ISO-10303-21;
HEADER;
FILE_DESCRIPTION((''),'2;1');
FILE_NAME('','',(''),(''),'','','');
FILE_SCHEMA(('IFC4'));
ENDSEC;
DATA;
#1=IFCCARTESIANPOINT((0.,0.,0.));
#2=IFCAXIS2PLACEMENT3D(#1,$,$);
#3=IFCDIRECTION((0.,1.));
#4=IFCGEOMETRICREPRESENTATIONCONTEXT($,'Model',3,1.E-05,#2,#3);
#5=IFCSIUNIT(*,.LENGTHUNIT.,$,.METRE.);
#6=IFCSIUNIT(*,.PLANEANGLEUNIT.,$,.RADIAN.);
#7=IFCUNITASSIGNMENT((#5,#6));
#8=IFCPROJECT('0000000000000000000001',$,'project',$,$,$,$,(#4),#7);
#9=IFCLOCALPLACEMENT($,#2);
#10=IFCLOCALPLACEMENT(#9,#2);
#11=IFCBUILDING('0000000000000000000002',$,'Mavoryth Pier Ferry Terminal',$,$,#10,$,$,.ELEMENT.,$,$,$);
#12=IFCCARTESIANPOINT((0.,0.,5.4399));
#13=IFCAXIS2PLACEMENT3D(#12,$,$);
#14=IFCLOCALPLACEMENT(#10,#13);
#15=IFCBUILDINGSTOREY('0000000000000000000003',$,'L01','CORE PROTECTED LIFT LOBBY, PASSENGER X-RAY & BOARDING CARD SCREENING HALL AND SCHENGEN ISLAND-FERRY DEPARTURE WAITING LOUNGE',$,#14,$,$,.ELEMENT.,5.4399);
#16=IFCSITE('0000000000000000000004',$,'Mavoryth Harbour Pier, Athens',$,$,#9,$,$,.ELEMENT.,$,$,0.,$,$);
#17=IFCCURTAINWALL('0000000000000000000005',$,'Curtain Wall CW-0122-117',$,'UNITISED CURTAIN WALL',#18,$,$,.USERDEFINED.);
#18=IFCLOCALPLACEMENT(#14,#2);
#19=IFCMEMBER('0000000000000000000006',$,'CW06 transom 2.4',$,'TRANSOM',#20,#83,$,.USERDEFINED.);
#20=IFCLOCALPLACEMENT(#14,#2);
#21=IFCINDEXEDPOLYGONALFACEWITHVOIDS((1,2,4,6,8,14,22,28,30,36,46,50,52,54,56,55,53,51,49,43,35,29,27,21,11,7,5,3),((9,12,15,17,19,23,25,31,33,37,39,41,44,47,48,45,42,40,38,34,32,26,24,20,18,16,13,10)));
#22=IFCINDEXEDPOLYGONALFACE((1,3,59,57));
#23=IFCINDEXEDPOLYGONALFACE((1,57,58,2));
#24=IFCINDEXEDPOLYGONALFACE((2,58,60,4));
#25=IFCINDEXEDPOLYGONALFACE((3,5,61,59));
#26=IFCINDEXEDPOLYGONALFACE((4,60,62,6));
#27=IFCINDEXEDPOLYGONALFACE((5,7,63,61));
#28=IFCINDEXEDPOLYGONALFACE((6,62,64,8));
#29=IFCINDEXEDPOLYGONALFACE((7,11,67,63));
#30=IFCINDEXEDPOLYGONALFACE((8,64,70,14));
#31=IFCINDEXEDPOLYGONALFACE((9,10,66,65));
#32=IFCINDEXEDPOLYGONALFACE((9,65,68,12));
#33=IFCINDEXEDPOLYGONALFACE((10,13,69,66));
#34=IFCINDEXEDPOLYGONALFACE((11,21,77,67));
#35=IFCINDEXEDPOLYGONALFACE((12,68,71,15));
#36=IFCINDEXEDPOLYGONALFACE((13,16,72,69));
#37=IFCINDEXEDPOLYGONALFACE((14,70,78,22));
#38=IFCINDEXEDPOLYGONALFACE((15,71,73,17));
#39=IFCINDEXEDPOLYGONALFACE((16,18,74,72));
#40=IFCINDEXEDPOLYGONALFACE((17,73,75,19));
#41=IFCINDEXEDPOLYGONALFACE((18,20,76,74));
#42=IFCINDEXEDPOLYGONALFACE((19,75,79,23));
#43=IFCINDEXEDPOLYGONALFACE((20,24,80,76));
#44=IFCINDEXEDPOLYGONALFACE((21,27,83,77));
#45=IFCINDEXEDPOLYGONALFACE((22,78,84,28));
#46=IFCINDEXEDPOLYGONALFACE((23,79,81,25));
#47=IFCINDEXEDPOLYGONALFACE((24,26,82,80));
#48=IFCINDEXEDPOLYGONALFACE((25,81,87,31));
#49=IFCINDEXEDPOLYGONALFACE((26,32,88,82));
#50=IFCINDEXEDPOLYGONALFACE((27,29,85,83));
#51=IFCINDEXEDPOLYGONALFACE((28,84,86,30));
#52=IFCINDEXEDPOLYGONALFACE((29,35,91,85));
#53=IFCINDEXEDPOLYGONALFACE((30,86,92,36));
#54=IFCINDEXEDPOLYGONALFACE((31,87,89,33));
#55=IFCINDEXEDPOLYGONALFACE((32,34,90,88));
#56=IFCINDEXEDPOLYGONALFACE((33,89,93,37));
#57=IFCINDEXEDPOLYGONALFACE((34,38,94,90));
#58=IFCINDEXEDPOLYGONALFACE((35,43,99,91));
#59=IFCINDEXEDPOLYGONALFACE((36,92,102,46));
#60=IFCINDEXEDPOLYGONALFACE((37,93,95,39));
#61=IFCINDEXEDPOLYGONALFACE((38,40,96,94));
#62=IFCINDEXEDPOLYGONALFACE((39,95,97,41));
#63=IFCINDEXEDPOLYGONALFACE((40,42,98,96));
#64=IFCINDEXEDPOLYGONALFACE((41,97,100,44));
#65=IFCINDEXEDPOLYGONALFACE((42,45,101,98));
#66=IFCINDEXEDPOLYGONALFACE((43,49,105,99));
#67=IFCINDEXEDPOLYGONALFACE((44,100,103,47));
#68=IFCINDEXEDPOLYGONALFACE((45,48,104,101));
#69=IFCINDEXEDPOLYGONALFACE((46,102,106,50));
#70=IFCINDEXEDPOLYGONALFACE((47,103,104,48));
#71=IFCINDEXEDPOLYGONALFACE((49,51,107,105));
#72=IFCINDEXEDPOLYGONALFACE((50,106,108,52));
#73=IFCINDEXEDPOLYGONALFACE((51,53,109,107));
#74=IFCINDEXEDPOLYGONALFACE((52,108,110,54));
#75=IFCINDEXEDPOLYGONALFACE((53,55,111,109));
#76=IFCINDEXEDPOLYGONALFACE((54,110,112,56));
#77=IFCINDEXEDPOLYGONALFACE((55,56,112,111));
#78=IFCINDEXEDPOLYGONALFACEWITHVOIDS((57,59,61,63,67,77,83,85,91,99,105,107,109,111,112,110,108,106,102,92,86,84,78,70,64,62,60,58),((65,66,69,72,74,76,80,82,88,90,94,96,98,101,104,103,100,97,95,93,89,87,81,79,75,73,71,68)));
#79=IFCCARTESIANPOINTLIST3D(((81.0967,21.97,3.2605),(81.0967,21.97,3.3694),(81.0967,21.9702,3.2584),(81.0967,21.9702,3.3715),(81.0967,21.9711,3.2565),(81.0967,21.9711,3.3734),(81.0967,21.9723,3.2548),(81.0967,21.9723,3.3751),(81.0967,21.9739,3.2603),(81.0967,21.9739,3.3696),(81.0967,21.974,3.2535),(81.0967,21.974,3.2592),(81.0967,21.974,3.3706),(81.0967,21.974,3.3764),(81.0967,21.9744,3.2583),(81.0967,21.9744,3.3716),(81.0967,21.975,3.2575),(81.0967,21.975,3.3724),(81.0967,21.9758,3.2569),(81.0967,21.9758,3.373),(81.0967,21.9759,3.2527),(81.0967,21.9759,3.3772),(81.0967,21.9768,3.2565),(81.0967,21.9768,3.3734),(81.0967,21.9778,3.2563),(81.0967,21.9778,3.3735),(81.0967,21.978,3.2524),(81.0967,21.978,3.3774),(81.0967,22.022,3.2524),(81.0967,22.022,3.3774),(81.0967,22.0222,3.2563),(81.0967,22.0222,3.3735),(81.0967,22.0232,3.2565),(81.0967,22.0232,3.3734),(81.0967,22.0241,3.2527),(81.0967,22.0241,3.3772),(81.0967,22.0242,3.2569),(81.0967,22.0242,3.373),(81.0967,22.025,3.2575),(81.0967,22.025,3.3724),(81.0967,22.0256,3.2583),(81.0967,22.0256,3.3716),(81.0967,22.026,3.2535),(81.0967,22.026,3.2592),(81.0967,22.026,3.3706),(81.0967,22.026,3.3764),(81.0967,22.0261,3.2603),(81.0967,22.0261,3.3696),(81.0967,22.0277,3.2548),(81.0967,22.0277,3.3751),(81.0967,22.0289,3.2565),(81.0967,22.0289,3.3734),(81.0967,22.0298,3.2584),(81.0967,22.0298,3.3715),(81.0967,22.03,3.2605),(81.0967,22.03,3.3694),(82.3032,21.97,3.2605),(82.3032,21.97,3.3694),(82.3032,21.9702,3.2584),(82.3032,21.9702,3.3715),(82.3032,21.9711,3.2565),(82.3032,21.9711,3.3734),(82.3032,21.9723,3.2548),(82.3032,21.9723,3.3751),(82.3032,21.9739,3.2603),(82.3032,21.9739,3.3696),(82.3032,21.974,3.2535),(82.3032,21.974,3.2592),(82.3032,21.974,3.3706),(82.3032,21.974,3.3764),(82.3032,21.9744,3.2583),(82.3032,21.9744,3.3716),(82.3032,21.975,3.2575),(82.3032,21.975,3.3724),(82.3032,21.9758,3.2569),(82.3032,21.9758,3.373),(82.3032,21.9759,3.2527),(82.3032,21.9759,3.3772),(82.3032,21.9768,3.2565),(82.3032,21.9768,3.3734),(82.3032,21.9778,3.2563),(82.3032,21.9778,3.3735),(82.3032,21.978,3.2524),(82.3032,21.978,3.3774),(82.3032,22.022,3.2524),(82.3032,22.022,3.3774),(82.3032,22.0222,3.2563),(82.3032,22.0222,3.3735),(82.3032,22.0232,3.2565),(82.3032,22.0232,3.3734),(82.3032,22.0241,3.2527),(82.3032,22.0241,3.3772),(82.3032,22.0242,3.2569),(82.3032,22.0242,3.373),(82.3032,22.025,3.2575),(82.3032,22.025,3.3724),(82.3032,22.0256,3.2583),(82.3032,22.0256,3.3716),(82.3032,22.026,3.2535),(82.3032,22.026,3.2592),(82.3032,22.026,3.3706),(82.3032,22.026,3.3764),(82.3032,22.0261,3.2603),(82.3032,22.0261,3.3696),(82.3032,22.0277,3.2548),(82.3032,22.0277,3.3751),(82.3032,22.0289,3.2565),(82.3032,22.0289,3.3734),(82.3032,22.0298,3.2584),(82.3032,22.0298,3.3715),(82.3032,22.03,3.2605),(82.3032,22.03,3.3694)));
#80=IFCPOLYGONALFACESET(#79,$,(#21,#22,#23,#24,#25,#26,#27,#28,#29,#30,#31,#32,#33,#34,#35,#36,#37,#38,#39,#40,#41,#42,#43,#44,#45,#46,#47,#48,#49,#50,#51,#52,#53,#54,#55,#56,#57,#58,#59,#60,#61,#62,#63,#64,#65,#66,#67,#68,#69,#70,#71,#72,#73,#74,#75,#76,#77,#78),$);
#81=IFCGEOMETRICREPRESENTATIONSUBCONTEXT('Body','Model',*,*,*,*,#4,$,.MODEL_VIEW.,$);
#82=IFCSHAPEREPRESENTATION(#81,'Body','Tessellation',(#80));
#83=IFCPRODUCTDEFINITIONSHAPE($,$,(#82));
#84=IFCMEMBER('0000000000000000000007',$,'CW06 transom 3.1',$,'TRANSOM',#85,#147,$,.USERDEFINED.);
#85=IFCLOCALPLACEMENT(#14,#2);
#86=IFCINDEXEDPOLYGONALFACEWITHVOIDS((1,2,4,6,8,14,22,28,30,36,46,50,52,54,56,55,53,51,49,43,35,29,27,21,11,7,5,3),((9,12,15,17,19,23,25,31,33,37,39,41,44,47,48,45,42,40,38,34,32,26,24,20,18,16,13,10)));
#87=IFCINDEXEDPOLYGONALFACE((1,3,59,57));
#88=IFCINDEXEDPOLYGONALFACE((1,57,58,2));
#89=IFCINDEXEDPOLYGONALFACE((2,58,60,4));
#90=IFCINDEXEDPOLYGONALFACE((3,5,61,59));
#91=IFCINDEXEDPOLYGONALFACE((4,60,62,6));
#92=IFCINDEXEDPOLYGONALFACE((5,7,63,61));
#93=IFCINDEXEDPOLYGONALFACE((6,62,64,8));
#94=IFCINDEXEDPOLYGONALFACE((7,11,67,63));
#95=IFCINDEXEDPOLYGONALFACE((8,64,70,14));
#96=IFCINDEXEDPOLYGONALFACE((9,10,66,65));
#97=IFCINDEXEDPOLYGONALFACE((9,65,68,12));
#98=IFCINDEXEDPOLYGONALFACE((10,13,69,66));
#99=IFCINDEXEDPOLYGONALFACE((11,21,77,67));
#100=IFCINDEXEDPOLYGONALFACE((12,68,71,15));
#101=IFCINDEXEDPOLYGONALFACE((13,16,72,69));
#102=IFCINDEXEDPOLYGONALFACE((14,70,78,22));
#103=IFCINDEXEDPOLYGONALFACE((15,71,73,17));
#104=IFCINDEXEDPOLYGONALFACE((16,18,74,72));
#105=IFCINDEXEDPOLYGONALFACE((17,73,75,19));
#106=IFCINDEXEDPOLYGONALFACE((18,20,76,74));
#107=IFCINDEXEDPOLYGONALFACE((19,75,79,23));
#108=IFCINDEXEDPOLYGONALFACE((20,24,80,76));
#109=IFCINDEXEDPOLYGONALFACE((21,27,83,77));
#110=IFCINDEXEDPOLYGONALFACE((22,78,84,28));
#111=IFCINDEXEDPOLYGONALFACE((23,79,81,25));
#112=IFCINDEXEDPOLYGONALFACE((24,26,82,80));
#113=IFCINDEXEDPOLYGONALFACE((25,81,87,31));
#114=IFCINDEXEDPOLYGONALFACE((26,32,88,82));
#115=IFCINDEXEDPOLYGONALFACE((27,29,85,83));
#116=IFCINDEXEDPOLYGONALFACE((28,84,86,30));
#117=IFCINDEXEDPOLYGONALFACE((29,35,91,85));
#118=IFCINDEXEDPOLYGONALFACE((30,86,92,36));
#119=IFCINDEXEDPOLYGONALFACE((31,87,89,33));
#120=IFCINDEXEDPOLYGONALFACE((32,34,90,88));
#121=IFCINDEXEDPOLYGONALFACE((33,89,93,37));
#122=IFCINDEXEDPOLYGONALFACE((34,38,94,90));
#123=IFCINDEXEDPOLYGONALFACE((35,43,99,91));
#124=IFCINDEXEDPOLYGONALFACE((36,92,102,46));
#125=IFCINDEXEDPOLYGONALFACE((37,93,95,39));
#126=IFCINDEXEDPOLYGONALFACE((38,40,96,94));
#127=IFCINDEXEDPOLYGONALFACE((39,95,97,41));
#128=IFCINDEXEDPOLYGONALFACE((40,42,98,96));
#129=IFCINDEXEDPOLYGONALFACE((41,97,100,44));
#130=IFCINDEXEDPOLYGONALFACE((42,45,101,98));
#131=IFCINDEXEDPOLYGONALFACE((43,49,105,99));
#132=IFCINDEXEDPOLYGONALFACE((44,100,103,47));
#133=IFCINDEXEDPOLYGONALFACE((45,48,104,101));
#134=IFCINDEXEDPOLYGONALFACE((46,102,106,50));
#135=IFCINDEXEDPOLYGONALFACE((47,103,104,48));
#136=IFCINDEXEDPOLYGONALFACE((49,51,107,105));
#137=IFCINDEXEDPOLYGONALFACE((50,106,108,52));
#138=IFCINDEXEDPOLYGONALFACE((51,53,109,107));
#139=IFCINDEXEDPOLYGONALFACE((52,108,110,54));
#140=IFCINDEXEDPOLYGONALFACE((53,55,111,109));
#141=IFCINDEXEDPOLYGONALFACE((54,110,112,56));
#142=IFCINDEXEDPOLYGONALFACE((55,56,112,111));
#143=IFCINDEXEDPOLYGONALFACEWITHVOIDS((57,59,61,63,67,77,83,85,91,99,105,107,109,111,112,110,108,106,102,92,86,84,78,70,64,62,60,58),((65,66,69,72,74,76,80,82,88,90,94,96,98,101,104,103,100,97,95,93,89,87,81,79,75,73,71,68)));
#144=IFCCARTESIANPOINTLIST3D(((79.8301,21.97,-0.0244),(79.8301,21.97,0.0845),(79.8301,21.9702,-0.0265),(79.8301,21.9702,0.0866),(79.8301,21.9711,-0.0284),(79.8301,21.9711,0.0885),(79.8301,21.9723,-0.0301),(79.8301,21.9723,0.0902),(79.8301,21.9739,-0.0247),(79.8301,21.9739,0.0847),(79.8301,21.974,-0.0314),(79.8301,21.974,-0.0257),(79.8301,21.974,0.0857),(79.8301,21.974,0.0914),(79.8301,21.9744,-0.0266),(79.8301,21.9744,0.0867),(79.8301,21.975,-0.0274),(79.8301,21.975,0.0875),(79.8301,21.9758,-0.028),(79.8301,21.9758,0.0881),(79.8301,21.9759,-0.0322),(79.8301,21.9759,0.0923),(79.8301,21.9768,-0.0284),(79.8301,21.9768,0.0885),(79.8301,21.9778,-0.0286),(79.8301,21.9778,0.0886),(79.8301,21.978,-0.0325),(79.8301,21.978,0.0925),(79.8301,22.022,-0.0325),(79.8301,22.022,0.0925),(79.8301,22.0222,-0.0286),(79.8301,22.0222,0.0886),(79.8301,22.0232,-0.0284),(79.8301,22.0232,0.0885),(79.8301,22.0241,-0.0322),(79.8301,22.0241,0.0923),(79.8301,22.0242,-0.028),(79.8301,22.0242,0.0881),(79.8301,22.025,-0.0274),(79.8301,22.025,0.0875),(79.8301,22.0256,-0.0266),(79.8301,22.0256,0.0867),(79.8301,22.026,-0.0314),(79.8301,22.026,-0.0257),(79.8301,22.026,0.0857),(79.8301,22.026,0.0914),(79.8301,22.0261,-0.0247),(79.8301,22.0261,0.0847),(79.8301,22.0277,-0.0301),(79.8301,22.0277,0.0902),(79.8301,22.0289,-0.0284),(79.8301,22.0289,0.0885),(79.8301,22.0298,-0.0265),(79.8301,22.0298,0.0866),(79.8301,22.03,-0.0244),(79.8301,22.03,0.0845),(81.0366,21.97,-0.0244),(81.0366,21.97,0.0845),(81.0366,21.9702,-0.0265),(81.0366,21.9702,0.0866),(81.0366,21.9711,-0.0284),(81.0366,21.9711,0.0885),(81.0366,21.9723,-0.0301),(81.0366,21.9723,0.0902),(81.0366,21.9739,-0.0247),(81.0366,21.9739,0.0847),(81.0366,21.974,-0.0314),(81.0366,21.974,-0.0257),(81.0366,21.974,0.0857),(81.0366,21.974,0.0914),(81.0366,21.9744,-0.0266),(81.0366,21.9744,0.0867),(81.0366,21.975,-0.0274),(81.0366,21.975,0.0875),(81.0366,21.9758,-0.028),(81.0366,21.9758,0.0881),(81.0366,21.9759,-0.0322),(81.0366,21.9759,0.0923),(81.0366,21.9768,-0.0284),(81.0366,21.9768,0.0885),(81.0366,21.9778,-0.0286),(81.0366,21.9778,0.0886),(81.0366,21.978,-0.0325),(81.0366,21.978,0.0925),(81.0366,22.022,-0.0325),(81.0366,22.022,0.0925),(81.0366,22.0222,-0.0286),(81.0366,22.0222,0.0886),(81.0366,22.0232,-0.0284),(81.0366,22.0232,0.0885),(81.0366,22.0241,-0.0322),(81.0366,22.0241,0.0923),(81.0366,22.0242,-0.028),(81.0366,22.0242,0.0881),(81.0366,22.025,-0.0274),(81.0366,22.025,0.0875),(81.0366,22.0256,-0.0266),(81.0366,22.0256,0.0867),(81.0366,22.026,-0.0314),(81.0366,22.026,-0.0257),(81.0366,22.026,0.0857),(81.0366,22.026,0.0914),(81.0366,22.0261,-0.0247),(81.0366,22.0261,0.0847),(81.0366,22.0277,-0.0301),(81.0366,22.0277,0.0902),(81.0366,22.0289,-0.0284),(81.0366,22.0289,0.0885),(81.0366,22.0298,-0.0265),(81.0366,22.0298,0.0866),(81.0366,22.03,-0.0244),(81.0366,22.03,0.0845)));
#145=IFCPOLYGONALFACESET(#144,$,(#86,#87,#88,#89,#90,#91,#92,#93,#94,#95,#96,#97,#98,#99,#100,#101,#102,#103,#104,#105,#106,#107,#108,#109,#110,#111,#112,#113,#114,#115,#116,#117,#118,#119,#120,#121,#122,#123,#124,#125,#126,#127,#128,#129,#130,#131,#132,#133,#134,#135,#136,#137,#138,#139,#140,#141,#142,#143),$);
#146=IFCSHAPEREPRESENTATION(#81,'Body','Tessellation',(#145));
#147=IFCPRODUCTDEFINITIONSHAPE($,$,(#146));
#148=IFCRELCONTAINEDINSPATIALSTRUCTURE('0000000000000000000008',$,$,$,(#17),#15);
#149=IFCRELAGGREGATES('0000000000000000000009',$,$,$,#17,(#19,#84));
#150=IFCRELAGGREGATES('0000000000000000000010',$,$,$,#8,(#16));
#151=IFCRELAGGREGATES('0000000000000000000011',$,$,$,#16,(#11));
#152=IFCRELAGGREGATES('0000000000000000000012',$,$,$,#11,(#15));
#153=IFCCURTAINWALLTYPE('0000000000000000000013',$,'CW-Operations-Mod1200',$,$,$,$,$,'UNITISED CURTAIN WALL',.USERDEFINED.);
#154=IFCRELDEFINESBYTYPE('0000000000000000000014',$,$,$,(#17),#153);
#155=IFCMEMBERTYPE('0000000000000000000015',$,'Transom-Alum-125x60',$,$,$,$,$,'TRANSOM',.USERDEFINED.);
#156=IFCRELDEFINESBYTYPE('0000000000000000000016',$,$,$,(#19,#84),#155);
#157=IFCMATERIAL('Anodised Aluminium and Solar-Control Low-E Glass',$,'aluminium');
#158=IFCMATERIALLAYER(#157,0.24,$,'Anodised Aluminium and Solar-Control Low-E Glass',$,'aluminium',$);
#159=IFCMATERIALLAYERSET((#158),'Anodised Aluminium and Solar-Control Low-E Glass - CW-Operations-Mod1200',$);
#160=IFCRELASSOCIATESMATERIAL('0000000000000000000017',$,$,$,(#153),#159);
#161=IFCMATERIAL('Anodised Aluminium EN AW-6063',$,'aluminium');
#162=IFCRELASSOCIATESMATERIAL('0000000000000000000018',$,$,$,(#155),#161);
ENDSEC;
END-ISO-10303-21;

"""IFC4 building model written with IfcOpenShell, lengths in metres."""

from ifc_helpers import new_model, si_unit, direction, frame, origin, origin_2d, place, context, subcontext, project, spatial, hollow_rectangle, extrude, material, layer, layer_set, material_profile, profile_set, type_object, element, aggregate, save


model = new_model("IFC4")

# Units and contexts
model_context = context("Model", 3, precision=1e-05, world=origin(), true_north=direction((0.0, 1.0)))
body_context = subcontext(model_context, "Body", "Model", "MODEL_VIEW")
ifc_project = project(units=[si_unit("LENGTHUNIT", "METRE"), si_unit("PLANEANGLEUNIT", "RADIAN")], contexts=[model_context])

# Site, building, storey
site_placement = place(None, origin())
site = spatial("IfcSite", under=ifc_project, at=site_placement, Name="Mavoryth Harbour Pier, Athens", CompositionType="ELEMENT", RefElevation=0.0)
building_placement = place(site_placement, origin())
building = spatial("IfcBuilding", under=site, at=building_placement, Name="Mavoryth Pier Ferry Terminal", CompositionType="ELEMENT")
storey_placement = place(building_placement, frame((0.0, 0.0, 5.4399)))
storey = spatial("IfcBuildingStorey", under=building, at=storey_placement, Name="L01", Description="CORE PROTECTED LIFT LOBBY, PASSENGER X-RAY & BOARDING CARD SCREENING HALL AND SCHENGEN ISLAND-FERRY DEPARTURE WAITING LOUNGE", CompositionType="ELEMENT", Elevation=5.4399)

# Curtain wall
ifc_material_1 = material(Name="Anodised Aluminium and Solar-Control Low-E Glass", Category="aluminium")
ifc_layer_1 = layer(ifc_material_1, 0.24, Name="Anodised Aluminium and Solar-Control Low-E Glass", Category="aluminium")
ifc_layer_set_1 = layer_set([ifc_layer_1], Name="Anodised Aluminium and Solar-Control Low-E Glass - CW-Operations-Mod1200")
curtain_wall_type = type_object("IfcCurtainWallType", Name="CW-Operations-Mod1200", ElementType="UNITISED CURTAIN WALL", PredefinedType="USERDEFINED", material=ifc_layer_set_1)
curtain_wall_1_placement = place(storey_placement, origin())
curtain_wall_1 = element("IfcCurtainWall", 1, at=curtain_wall_1_placement, inside=storey, type_object=curtain_wall_type, Name="Curtain Wall CW-0122-117", ObjectType="UNITISED CURTAIN WALL", PredefinedType="USERDEFINED")
ifc_material_2 = material(Name="Anodised Aluminium EN AW-6063", Category="aluminium")

# Members
ifc_material_profile_1 = material_profile(ifc_material_2, hollow_rectangle(XDim=0.0601, YDim=0.125, WallThickness=0.0039, InnerFilletRadius=0.0039, OuterFilletRadius=0.0081, at=origin_2d()), Name="AL-TRAN 125x60x4", Category="aluminium")
ifc_profile_set_1 = profile_set([ifc_material_profile_1], Name="Anodised Aluminium EN AW-6063 - AL-TRAN 125x60x4")
member_type_1 = type_object("IfcMemberType", Name="Transom-Alum-125x60", ElementType="TRANSOM", PredefinedType="USERDEFINED", material=ifc_profile_set_1)
member_1_placement = place(storey_placement, frame((82.3032, 22.0, 3.3149), z_axis=(-1.0, 0.0, 0.0), x_axis=(0.0, -1.0, 0.0)))
member_1 = element("IfcMember", 2, at=member_1_placement, type_object=member_type_1, Name="CW06 transom 2.4", ObjectType="TRANSOM", PredefinedType="USERDEFINED", context=body_context, shape_type="SweptSolid", body=[
    extrude(hollow_rectangle(XDim=0.0601, YDim=0.125, WallThickness=0.0039, InnerFilletRadius=0.0039, OuterFilletRadius=0.0081, at=origin_2d()), origin(), (0.0, 0.0, 1.0), 1.2065),
])
member_2_placement = place(storey_placement, frame((81.0366, 22.0, 0.03), z_axis=(-1.0, 0.0, 0.0), x_axis=(0.0, -1.0, 0.0)))
member_2 = element("IfcMember", 3, at=member_2_placement, type_object=member_type_1, Name="CW06 transom 3.1", ObjectType="TRANSOM", PredefinedType="USERDEFINED", context=body_context, shape_type="SweptSolid", body=[
    extrude(hollow_rectangle(XDim=0.0601, YDim=0.125, WallThickness=0.0039, InnerFilletRadius=0.0039, OuterFilletRadius=0.0081, at=origin_2d()), origin(), (0.0, 0.0, 1.0), 1.2065),
])

aggregate(curtain_wall_1, [member_1, member_2])

save(model, "model.ifc")
